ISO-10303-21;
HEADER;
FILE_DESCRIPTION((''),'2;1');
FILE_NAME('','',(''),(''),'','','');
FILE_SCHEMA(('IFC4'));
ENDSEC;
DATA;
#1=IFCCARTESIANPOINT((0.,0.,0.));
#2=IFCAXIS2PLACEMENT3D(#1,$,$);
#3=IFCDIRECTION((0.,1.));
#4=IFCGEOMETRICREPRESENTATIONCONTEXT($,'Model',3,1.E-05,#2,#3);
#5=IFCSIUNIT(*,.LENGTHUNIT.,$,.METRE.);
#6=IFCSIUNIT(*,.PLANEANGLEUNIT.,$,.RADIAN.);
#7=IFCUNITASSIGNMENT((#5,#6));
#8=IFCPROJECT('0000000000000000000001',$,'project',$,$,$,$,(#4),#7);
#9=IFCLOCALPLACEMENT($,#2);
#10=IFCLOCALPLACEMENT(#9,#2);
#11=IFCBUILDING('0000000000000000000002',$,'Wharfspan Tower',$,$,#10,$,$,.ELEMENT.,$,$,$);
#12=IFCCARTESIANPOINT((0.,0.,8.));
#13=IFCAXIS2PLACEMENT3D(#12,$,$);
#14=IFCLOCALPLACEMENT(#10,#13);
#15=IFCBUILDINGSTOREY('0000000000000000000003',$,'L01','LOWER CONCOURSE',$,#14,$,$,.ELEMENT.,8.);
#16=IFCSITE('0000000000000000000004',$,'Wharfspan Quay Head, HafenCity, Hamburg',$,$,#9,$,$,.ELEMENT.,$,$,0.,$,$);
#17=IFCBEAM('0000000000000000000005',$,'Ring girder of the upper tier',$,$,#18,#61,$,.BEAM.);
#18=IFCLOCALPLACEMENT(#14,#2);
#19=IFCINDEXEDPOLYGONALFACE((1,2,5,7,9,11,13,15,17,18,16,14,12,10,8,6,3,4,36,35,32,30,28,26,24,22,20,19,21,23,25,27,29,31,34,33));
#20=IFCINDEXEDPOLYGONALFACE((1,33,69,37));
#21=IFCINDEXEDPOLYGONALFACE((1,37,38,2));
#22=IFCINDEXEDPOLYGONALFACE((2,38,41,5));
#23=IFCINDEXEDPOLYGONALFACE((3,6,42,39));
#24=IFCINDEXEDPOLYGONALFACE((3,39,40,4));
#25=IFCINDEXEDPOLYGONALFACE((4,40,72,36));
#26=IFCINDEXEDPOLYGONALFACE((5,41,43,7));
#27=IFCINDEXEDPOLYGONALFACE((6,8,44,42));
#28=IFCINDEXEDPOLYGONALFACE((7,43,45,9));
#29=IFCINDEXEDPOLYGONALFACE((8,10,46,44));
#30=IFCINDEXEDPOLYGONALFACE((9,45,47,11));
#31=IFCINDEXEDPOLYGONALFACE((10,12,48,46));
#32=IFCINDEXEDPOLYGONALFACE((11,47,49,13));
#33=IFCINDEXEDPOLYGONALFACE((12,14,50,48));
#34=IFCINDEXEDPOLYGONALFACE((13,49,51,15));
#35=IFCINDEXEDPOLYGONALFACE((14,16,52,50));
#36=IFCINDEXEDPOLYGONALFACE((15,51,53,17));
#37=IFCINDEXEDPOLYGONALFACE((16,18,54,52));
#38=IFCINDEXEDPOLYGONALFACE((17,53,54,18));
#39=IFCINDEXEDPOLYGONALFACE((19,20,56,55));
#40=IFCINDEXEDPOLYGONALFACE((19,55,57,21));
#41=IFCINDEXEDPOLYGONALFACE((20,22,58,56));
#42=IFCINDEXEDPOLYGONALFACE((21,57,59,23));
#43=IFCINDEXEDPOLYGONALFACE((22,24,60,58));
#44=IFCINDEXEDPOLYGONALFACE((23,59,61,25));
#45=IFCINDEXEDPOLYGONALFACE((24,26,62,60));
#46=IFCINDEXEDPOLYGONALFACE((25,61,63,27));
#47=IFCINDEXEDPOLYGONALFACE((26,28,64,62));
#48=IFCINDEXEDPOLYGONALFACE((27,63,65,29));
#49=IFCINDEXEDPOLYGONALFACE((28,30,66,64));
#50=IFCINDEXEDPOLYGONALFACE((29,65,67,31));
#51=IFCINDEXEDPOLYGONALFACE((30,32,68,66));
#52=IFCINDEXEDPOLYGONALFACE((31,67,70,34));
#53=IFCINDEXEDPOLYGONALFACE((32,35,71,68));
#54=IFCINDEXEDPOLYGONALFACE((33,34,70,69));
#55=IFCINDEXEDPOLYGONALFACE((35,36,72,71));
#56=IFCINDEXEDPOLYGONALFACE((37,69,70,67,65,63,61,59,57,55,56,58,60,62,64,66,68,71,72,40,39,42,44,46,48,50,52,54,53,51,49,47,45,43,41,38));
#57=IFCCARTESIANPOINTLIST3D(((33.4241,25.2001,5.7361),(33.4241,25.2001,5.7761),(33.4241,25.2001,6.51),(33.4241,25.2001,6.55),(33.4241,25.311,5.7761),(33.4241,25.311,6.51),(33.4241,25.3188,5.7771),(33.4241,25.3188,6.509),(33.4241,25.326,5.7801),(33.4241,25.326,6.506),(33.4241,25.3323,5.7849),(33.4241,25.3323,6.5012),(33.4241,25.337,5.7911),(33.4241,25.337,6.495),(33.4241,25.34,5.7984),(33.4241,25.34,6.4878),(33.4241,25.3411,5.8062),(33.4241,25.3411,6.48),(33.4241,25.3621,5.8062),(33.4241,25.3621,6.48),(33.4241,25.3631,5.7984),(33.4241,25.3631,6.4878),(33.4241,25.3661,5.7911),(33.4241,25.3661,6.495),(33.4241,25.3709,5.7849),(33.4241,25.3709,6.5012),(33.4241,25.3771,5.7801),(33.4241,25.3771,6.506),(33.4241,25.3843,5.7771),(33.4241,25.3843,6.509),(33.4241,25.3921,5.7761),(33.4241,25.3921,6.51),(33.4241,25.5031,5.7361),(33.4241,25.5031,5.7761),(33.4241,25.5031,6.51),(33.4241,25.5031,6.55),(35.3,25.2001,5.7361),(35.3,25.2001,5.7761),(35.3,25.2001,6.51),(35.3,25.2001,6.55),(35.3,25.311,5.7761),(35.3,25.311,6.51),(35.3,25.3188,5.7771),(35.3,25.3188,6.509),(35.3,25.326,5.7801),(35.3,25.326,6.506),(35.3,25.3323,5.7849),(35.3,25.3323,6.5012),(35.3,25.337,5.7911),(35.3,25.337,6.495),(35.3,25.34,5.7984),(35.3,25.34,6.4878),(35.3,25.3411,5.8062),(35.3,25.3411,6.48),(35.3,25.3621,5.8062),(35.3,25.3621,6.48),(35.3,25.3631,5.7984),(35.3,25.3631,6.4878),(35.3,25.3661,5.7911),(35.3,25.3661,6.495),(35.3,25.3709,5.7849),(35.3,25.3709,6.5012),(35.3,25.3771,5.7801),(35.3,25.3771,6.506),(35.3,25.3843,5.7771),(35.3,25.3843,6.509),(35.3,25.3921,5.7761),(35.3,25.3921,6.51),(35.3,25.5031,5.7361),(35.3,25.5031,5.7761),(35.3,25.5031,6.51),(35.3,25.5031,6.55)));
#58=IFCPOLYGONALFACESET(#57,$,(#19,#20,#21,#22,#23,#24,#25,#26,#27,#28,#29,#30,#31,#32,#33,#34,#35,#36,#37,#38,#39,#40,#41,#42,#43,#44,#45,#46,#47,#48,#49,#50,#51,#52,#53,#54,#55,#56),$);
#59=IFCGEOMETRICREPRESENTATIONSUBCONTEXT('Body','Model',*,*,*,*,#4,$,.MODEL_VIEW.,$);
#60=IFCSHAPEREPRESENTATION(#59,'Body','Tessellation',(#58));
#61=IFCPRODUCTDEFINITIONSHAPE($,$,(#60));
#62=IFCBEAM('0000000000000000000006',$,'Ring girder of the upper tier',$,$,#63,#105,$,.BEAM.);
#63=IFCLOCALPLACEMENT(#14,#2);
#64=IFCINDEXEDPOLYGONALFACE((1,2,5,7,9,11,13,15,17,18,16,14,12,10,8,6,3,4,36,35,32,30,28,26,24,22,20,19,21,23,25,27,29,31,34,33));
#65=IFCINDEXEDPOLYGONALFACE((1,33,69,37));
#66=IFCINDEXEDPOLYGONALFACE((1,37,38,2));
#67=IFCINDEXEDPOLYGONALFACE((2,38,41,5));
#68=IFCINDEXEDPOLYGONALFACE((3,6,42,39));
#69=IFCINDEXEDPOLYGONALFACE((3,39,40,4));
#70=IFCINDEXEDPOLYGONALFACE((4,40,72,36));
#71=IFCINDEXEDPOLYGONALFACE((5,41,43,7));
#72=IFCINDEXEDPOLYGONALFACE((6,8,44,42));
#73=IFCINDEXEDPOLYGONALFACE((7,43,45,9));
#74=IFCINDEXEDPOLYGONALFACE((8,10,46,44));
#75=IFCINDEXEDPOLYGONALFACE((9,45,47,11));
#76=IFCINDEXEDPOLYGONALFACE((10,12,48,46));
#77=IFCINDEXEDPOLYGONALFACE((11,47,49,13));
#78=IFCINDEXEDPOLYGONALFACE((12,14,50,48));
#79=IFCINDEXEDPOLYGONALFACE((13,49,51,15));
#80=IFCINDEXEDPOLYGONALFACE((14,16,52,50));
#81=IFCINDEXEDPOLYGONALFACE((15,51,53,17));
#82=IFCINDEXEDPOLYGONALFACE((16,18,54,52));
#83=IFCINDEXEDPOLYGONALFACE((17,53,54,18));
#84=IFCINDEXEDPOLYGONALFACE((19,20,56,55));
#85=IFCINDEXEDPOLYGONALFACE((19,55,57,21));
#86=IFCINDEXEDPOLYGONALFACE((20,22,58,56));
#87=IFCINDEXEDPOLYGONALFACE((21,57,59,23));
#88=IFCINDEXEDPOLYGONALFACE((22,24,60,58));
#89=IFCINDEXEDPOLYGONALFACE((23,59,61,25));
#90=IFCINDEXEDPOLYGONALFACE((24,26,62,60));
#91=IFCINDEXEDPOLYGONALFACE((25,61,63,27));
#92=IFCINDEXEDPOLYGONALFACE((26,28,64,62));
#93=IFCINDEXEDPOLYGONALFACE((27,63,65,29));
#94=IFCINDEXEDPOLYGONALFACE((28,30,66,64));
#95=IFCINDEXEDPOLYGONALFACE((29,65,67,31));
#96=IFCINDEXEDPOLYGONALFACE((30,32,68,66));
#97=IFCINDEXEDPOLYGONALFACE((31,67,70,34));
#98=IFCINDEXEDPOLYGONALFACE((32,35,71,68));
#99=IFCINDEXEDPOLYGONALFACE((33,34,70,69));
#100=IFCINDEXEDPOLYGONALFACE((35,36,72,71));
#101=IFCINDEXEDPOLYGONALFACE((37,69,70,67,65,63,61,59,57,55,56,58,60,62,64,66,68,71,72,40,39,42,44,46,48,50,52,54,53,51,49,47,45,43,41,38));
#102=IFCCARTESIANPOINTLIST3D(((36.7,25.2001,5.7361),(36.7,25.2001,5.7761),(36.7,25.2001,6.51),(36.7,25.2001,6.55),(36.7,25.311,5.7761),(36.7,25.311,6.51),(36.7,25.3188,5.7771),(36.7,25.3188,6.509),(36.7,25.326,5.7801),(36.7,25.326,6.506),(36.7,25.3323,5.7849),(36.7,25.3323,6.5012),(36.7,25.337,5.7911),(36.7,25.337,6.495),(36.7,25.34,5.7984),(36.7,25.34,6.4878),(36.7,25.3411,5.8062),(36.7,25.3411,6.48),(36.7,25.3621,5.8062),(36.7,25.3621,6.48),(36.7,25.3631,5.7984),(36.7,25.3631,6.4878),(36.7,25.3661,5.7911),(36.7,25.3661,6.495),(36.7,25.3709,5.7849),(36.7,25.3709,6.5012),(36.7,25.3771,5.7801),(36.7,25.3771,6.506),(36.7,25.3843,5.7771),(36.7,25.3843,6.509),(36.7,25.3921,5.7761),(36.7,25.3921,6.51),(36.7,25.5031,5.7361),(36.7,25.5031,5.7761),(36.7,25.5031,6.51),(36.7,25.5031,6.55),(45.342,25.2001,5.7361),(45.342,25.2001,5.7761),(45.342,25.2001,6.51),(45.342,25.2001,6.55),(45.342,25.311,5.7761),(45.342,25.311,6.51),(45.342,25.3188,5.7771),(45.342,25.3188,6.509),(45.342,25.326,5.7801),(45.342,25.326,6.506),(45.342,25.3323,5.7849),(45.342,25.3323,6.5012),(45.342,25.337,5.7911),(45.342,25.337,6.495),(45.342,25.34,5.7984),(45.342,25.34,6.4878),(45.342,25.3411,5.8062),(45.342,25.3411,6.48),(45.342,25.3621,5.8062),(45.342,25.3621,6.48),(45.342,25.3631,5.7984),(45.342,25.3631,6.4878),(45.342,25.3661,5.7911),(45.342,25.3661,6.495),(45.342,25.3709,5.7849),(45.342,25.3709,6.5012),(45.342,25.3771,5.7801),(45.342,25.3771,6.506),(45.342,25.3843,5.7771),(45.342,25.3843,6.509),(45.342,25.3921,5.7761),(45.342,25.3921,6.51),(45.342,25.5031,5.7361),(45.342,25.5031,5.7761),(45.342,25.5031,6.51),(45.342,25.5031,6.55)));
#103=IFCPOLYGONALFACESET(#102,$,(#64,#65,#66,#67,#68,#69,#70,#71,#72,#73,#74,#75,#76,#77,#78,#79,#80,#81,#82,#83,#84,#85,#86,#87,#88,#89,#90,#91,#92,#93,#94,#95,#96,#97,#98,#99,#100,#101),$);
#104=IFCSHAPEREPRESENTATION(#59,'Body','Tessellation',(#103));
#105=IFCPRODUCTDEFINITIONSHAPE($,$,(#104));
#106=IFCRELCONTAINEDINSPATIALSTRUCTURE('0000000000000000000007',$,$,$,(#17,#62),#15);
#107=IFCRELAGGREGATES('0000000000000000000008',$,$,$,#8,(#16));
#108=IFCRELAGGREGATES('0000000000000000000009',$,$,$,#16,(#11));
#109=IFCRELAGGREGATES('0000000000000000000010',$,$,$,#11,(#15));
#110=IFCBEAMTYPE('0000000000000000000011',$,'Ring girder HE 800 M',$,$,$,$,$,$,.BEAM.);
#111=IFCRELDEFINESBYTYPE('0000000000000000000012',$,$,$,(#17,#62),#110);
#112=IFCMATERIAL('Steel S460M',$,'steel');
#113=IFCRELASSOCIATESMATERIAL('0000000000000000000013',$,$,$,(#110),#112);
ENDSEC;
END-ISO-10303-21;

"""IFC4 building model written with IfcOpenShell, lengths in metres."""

from ifc_helpers import new_model, si_unit, direction, frame, origin, origin_2d, place, context, subcontext, project, spatial, i_section, extrude, material, material_profile, profile_set, type_object, element, save


model = new_model("IFC4")

# Units and contexts
model_context = context("Model", 3, precision=1e-05, world=origin(), true_north=direction((0.0, 1.0)))
body_context = subcontext(model_context, "Body", "Model", "MODEL_VIEW")
ifc_project = project(units=[si_unit("LENGTHUNIT", "METRE"), si_unit("PLANEANGLEUNIT", "RADIAN")], contexts=[model_context])

# Site, building, storey
site_placement = place(None, origin())
site = spatial("IfcSite", under=ifc_project, at=site_placement, Name="Wharfspan Quay Head, HafenCity, Hamburg", CompositionType="ELEMENT", RefElevation=0.0)
building_placement = place(site_placement, origin())
building = spatial("IfcBuilding", under=site, at=building_placement, Name="Wharfspan Tower", CompositionType="ELEMENT")
storey_placement = place(building_placement, frame((0.0, 0.0, 8.0)))
storey = spatial("IfcBuildingStorey", under=building, at=storey_placement, Name="L01", Description="LOWER CONCOURSE", CompositionType="ELEMENT", Elevation=8.0)

# Beams
ifc_material_1 = material(Name="Steel S460M", Category="steel")
ifc_material_profile_1 = material_profile(ifc_material_1, i_section(OverallWidth=0.303, OverallDepth=0.814, WebThickness=0.021, FlangeThickness=0.04, FilletRadius=0.03, at=origin_2d()))
ifc_profile_set_1 = profile_set([ifc_material_profile_1], Name="Steel S460M")
beam_type_1 = type_object("IfcBeamType", Name="Ring girder HE 800 M", PredefinedType="BEAM", material=ifc_profile_set_1)
beam_1_placement = place(storey_placement, frame((33.4241, 25.3516, 6.1431), z_axis=(1.0, 0.0, 0.0), x_axis=(0.0, 1.0, 0.0)))
element("IfcBeam", 1, at=beam_1_placement, inside=storey, type_object=beam_type_1, Name="Ring girder of the upper tier", PredefinedType="BEAM", context=body_context, shape_type="SweptSolid", body=[
    extrude(i_section(OverallWidth=0.303, OverallDepth=0.814, WebThickness=0.021, FlangeThickness=0.04, FilletRadius=0.03, at=origin_2d()), origin(), (0.0, 0.0, 1.0), 1.876),
])
beam_2_placement = place(storey_placement, frame((36.7, 25.3516, 6.1431), z_axis=(1.0, 0.0, 0.0), x_axis=(0.0, 1.0, 0.0)))
element("IfcBeam", 2, at=beam_2_placement, inside=storey, type_object=beam_type_1, Name="Ring girder of the upper tier", PredefinedType="BEAM", context=body_context, shape_type="SweptSolid", body=[
    extrude(i_section(OverallWidth=0.303, OverallDepth=0.814, WebThickness=0.021, FlangeThickness=0.04, FilletRadius=0.03, at=origin_2d()), origin(), (0.0, 0.0, 1.0), 8.6421),
])

save(model, "model.ifc")
